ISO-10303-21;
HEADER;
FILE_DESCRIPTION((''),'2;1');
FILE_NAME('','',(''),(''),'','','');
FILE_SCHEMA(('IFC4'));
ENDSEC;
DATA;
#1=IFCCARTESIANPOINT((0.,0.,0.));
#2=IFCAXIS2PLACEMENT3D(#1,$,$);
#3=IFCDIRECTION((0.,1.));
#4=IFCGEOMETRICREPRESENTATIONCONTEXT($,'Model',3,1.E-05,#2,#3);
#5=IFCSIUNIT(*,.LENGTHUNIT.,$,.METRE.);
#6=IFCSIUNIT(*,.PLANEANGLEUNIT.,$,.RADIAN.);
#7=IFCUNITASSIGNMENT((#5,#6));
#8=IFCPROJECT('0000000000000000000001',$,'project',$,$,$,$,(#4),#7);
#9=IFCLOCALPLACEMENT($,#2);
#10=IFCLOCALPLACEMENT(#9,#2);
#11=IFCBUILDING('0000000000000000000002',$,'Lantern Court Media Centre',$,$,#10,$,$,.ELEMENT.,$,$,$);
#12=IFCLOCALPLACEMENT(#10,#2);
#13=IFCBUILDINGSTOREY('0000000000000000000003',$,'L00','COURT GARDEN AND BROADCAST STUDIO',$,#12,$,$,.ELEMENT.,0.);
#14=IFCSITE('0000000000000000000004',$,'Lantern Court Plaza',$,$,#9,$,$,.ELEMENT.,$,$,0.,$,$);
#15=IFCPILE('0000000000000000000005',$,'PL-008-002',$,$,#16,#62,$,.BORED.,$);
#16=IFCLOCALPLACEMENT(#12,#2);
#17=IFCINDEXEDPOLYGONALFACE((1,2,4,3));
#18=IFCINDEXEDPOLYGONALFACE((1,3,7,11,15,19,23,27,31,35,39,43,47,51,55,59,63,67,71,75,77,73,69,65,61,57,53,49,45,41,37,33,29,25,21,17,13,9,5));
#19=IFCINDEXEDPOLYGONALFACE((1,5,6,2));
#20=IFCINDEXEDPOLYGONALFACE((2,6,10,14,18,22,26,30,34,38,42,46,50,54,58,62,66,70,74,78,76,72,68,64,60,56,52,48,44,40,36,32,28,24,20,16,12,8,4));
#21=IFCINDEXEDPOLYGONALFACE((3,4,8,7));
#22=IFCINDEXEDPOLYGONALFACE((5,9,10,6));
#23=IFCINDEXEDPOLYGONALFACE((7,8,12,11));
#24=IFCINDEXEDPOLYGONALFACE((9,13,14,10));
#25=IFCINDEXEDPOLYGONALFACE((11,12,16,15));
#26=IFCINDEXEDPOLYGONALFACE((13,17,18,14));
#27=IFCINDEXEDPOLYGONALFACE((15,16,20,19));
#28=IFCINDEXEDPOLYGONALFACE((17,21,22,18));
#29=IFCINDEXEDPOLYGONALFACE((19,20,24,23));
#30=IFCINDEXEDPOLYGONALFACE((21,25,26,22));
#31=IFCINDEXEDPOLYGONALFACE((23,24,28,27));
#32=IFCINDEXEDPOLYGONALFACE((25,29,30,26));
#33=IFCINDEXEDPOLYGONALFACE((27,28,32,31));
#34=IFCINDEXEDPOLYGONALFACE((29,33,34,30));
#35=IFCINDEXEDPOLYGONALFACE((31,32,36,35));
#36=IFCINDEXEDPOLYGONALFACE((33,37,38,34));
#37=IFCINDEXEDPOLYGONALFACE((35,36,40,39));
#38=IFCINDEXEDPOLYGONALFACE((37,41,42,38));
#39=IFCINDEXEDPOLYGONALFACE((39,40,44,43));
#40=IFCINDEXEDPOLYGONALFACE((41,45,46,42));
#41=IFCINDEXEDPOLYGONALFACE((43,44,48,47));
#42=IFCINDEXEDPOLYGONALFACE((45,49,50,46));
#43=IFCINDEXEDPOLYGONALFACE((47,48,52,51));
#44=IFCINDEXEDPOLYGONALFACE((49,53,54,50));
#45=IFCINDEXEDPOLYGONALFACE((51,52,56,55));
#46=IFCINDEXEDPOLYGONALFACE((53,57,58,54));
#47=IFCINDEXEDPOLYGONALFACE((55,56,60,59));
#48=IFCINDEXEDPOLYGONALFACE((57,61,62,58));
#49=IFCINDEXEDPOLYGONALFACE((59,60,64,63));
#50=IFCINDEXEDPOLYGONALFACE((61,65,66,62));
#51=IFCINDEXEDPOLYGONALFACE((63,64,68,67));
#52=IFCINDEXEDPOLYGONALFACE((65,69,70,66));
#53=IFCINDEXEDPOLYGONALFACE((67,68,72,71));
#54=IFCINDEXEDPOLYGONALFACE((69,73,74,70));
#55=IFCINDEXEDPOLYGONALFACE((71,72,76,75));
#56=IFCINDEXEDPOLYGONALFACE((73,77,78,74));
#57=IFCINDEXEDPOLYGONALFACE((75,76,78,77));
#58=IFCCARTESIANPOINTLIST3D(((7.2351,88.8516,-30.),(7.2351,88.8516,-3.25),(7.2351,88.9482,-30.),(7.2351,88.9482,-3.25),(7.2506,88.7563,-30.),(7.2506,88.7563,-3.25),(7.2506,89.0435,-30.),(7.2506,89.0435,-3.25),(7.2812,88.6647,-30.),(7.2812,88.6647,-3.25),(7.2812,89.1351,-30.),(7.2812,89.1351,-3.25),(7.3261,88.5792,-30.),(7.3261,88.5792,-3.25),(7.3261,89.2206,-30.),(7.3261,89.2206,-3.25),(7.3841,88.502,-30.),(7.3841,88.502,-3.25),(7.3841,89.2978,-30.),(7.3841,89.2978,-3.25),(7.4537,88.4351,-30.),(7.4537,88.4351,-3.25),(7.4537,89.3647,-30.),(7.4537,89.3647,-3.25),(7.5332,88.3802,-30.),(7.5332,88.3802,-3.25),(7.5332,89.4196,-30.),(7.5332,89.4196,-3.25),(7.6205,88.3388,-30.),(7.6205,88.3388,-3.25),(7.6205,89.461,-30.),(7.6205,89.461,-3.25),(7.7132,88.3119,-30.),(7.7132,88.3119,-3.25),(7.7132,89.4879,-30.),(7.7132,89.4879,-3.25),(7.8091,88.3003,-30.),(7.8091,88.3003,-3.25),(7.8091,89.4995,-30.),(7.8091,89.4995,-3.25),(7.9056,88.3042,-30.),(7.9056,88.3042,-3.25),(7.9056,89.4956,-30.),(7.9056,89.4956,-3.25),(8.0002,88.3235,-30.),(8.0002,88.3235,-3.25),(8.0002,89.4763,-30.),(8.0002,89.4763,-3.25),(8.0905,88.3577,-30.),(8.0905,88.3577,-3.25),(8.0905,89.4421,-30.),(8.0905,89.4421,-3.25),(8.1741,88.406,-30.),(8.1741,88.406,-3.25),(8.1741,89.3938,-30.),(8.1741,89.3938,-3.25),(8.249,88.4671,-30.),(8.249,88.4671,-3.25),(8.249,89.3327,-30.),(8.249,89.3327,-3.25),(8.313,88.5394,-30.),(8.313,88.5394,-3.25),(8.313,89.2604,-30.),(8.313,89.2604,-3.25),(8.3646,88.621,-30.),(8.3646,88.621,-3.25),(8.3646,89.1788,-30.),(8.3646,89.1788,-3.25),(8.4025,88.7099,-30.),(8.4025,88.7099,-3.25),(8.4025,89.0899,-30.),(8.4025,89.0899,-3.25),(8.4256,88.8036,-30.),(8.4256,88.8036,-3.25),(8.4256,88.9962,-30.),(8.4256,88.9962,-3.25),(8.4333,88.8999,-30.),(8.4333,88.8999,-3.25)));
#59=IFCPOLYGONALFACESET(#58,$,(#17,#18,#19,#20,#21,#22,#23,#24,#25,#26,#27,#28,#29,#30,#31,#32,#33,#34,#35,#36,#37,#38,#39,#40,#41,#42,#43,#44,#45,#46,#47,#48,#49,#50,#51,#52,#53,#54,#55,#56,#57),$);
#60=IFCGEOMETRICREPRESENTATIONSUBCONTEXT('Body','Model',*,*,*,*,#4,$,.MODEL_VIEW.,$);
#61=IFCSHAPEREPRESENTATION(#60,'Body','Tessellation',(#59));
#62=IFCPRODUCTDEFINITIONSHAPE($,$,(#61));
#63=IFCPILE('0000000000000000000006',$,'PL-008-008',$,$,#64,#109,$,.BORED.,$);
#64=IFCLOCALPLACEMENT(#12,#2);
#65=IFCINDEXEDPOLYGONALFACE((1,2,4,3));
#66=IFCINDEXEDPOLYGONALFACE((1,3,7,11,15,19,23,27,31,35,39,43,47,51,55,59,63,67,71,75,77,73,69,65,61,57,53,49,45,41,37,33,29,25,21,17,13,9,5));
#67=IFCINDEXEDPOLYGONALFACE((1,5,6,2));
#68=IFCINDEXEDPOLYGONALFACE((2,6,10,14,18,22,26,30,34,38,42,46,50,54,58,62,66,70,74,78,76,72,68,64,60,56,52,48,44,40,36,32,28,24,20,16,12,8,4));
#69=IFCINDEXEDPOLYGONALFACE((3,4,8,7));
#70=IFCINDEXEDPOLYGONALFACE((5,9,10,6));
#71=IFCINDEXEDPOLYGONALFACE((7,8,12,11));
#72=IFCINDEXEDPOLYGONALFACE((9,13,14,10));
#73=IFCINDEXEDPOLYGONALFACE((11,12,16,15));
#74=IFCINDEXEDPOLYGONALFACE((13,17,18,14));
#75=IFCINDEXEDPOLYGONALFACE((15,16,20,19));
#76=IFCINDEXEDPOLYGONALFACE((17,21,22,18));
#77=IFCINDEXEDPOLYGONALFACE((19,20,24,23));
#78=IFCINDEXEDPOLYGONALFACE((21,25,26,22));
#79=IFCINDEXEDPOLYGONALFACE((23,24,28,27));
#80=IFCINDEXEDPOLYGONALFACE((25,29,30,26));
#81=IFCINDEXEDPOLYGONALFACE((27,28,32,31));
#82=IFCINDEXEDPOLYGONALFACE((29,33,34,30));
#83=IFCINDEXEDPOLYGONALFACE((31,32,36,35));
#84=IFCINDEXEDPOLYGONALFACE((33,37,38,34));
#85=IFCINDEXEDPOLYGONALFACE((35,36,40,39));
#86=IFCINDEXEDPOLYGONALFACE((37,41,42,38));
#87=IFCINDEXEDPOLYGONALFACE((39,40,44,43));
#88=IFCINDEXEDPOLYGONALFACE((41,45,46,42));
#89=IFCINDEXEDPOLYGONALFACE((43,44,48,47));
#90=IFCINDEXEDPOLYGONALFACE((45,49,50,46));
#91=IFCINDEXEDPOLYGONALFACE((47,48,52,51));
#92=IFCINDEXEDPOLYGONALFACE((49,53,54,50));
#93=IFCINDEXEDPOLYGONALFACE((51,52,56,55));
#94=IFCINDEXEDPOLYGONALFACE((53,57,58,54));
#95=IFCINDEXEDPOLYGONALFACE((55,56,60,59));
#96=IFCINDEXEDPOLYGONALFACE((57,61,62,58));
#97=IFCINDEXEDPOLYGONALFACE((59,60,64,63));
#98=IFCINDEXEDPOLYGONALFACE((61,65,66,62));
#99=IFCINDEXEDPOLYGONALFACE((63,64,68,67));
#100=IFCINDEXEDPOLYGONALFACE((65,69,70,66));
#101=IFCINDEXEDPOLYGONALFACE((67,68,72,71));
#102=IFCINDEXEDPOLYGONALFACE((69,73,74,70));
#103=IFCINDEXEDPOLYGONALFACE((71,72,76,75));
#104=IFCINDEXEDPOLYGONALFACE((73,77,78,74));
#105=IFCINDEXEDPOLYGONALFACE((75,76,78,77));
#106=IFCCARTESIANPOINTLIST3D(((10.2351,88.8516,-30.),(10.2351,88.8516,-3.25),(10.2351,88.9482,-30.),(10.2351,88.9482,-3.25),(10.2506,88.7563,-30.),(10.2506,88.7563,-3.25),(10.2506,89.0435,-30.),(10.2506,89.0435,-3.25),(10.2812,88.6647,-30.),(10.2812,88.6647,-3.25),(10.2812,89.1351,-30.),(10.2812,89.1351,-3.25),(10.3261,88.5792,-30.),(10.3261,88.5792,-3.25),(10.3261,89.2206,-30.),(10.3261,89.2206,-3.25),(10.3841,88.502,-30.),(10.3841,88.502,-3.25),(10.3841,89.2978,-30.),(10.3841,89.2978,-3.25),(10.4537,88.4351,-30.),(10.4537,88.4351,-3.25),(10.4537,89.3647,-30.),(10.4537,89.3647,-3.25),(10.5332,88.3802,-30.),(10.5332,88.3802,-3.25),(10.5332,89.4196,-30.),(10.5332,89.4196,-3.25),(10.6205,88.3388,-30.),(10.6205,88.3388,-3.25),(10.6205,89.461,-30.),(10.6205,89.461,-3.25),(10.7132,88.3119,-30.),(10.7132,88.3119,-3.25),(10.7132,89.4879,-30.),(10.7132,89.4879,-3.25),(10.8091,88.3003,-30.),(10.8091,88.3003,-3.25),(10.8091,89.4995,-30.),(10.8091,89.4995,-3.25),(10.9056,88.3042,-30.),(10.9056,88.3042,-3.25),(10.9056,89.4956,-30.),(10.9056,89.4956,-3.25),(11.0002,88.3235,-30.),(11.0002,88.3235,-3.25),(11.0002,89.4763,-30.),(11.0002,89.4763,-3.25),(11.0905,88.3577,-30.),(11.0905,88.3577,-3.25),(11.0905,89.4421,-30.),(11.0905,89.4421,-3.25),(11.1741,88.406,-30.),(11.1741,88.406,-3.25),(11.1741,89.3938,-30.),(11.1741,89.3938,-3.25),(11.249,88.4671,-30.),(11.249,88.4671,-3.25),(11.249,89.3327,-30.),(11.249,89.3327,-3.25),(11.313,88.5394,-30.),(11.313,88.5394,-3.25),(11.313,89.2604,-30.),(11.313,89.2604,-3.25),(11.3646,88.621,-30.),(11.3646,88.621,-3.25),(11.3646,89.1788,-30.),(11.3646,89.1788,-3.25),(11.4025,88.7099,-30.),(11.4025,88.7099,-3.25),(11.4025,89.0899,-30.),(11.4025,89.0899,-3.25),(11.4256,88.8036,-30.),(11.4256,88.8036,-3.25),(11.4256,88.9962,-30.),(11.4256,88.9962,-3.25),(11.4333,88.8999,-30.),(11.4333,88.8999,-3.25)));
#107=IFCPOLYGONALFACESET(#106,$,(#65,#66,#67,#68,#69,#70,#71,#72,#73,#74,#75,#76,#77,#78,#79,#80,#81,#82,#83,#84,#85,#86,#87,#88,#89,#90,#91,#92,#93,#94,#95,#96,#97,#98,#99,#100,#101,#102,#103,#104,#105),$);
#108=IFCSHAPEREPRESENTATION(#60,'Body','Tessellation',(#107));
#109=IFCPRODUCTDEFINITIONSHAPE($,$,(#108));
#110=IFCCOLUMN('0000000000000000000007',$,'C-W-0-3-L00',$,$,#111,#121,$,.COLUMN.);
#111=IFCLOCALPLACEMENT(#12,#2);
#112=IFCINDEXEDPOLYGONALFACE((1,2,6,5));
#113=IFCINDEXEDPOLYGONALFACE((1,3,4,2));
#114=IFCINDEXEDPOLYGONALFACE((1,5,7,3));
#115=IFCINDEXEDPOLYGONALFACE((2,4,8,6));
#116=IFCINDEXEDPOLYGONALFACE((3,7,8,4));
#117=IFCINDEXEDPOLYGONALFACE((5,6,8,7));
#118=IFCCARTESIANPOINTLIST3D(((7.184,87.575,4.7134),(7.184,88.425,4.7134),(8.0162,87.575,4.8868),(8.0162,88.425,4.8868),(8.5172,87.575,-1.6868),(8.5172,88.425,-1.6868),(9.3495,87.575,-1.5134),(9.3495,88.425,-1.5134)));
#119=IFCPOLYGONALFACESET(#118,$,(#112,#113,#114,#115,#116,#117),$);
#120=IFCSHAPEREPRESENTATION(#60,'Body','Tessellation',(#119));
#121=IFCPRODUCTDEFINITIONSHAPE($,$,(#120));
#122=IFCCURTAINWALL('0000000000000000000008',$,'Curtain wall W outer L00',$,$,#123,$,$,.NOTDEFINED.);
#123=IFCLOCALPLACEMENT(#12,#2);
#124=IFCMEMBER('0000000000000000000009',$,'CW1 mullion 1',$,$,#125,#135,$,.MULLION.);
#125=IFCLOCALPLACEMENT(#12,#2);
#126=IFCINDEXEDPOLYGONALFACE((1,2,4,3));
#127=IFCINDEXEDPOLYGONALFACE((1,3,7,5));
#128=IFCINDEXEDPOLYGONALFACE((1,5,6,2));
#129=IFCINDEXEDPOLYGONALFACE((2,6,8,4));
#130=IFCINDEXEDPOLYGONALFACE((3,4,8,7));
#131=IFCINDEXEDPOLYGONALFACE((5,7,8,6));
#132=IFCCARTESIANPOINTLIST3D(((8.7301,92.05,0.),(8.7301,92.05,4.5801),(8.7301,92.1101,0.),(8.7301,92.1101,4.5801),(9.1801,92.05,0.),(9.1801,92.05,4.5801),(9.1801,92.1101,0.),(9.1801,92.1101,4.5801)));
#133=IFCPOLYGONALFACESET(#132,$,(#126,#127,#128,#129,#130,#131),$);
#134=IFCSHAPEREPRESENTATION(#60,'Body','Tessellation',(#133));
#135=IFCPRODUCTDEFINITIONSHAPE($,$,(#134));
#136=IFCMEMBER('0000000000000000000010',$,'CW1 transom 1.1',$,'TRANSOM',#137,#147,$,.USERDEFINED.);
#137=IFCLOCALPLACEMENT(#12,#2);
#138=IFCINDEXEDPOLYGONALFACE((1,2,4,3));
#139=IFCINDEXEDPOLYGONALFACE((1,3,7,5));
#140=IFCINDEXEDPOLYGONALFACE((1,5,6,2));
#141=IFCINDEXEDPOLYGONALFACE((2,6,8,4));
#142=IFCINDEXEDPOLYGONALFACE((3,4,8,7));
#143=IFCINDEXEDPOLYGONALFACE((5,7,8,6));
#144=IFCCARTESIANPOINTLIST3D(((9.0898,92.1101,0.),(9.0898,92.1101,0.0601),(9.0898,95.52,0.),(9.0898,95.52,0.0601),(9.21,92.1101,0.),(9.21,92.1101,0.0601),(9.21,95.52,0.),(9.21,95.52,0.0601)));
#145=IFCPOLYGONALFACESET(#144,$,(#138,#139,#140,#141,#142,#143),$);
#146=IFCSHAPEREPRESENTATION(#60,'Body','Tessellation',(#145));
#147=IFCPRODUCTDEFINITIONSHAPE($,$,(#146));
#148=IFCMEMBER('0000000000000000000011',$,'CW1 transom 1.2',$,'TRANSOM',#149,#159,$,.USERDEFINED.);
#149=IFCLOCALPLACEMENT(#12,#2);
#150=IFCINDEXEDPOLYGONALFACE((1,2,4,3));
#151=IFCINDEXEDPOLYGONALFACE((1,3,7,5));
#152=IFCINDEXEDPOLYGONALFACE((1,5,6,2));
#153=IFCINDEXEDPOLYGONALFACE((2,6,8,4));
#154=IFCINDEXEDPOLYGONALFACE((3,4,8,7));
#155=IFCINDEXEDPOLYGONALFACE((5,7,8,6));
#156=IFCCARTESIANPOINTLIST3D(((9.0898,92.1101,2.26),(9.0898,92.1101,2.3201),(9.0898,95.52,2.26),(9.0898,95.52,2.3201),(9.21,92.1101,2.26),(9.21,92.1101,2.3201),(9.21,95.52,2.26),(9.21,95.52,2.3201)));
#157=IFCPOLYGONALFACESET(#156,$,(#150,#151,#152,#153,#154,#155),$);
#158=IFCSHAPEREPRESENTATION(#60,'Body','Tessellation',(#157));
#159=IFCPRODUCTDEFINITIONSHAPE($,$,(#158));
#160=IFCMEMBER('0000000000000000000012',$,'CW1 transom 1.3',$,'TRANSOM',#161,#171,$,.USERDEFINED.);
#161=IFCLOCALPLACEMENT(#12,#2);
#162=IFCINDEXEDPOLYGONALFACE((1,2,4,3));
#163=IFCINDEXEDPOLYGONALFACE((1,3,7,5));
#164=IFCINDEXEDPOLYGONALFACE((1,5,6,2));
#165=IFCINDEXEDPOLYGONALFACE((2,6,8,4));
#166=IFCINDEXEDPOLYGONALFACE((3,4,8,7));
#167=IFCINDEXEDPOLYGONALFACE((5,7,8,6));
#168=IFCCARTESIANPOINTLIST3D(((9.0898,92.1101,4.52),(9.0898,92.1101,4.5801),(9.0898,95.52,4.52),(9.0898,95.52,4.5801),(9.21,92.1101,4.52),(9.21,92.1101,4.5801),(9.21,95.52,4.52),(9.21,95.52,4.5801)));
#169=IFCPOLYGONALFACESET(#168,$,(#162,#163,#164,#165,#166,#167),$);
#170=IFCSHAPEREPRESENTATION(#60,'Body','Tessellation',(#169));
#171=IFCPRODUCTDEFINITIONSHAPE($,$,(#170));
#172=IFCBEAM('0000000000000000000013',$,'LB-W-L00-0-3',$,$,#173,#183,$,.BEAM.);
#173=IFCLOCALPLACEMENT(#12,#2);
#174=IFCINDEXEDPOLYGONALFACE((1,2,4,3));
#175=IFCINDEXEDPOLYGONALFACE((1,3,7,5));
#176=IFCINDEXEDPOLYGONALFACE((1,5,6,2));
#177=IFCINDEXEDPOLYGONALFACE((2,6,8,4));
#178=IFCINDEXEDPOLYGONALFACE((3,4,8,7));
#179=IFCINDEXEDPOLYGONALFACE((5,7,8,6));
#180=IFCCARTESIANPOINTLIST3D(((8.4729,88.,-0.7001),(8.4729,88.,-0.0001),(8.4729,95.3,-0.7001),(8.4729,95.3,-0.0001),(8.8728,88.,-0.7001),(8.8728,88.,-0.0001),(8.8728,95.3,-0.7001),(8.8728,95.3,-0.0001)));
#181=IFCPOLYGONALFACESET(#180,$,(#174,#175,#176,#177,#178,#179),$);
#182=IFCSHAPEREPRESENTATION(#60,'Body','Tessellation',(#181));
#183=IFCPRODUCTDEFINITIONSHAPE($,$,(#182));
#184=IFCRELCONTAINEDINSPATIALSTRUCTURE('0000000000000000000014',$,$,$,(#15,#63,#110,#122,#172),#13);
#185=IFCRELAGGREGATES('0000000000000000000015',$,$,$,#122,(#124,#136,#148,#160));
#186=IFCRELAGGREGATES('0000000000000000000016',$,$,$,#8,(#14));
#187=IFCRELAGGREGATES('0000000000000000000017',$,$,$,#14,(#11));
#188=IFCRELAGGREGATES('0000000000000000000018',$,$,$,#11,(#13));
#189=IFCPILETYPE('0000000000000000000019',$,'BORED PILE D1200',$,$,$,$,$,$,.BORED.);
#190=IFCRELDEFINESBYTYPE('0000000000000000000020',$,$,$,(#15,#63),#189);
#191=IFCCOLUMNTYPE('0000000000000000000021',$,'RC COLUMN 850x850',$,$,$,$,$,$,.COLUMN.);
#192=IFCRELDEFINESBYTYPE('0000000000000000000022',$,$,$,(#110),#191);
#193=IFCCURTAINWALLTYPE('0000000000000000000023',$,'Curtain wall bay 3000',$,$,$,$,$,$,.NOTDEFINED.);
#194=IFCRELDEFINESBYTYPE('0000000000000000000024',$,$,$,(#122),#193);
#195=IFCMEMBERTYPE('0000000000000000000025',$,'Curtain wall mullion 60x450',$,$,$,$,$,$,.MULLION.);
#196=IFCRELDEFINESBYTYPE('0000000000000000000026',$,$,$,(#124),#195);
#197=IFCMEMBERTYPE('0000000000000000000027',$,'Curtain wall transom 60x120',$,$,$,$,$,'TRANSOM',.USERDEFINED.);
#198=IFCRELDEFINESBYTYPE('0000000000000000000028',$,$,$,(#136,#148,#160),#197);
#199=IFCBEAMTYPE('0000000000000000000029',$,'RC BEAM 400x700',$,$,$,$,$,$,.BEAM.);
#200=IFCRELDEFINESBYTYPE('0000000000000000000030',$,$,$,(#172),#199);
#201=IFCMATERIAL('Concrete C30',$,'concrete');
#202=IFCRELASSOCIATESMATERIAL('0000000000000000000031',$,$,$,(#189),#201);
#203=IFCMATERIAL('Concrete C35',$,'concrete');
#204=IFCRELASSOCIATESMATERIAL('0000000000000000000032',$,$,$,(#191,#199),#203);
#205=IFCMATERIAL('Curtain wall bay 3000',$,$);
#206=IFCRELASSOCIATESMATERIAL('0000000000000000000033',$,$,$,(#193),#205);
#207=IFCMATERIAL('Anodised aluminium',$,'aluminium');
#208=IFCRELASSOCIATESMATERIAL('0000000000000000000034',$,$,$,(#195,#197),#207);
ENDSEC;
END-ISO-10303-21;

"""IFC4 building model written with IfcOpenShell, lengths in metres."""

from ifc_helpers import new_model, si_unit, direction, frame, origin, origin_2d, place, context, subcontext, project, spatial, rectangle, circle, extrude, material, material_profile, profile_set, type_object, element, aggregate, save


model = new_model("IFC4")

# Units and contexts
model_context = context("Model", 3, precision=1e-05, world=origin(), true_north=direction((0.0, 1.0)))
body_context = subcontext(model_context, "Body", "Model", "MODEL_VIEW")
ifc_project = project(units=[si_unit("LENGTHUNIT", "METRE"), si_unit("PLANEANGLEUNIT", "RADIAN")], contexts=[model_context])

# Site, building, storey
site_placement = place(None, origin())
site = spatial("IfcSite", under=ifc_project, at=site_placement, Name="Lantern Court Plaza", CompositionType="ELEMENT", RefElevation=0.0)
building_placement = place(site_placement, origin())
building = spatial("IfcBuilding", under=site, at=building_placement, Name="Lantern Court Media Centre", CompositionType="ELEMENT")
storey_placement = place(building_placement, origin())
storey = spatial("IfcBuildingStorey", under=building, at=storey_placement, Name="L00", Description="COURT GARDEN AND BROADCAST STUDIO", CompositionType="ELEMENT", Elevation=0.0)

# Piles
ifc_material_1 = material(Name="Concrete C30", Category="concrete")
ifc_material_profile_1 = material_profile(ifc_material_1, circle(Radius=0.6001, at=origin_2d()), Name="D1200")
ifc_profile_set_1 = profile_set([ifc_material_profile_1], Name="Concrete C30")
pile_type = type_object("IfcPileType", Name="BORED PILE D1200", PredefinedType="BORED", material=ifc_profile_set_1)
for number, where, z_axis, x_axis, name in (
    (1, (7.8333, 88.8999, -3.25), (0.0, 0.0, -1.0), (1.0, 0.0, 0.0), "PL-008-002"),
    (2, (10.8333, 88.8999, -3.25), (0.0, 0.0, -1.0), (1.0, 0.0, 0.0), "PL-008-008"),
):
    element("IfcPile", number, at=place(storey_placement, frame(where, z_axis=z_axis, x_axis=x_axis)), inside=storey, type_object=pile_type, Name=name, PredefinedType="BORED", context=body_context, shape_type="SweptSolid", body=[
        extrude(circle(Radius=0.6001, at=origin_2d()), origin(), (0.0, 0.0, 1.0), 26.75),
    ])

# Column
ifc_material_2 = material(Name="Concrete C35", Category="concrete")
ifc_material_profile_2 = material_profile(ifc_material_2, rectangle(XDim=0.8501, YDim=0.8501, at=origin_2d()), Name="RC 850x850")
ifc_profile_set_2 = profile_set([ifc_material_profile_2], Name="Concrete C35")
column_type = type_object("IfcColumnType", Name="RC COLUMN 850x850", PredefinedType="COLUMN", material=ifc_profile_set_2)
column_placement = place(storey_placement, frame((8.9333, 88.0, -1.6001), z_axis=(-0.203938, 0.0, 0.978984), x_axis=(0.0, -1.0, 0.0)))
element("IfcColumn", 3, at=column_placement, inside=storey, type_object=column_type, Name="C-W-0-3-L00", PredefinedType="COLUMN", context=body_context, shape_type="SweptSolid", body=[
    extrude(rectangle(XDim=0.8501, YDim=0.8501, at=origin_2d()), origin(), (0.0, 0.0, 1.0), 6.5376),
])

# Curtain wall, members
ifc_material_3 = material(Name="Curtain wall bay 3000")
curtain_wall_type = type_object("IfcCurtainWallType", Name="Curtain wall bay 3000", PredefinedType="NOTDEFINED", material=ifc_material_3)
curtain_wall_placement = place(storey_placement, origin())
curtain_wall = element("IfcCurtainWall", 4, at=curtain_wall_placement, inside=storey, type_object=curtain_wall_type, Name="Curtain wall W outer L00", PredefinedType="NOTDEFINED")
ifc_material_4 = material(Name="Anodised aluminium", Category="aluminium")
ifc_material_profile_3 = material_profile(ifc_material_4, rectangle(XDim=0.45, YDim=0.0601, at=origin_2d()), Name="AL 60x450")
ifc_profile_set_3 = profile_set([ifc_material_profile_3], Name="Anodised aluminium")
member_type_1 = type_object("IfcMemberType", Name="Curtain wall mullion 60x450", PredefinedType="MULLION", material=ifc_profile_set_3)
member_1_placement = place(storey_placement, frame((8.9551, 92.0801, 0.0), z_axis=(0.0, 0.0, 1.0), x_axis=(-1.0, 0.0, 0.0)))
member_1 = element("IfcMember", 5, at=member_1_placement, type_object=member_type_1, Name="CW1 mullion 1", PredefinedType="MULLION", context=body_context, shape_type="SweptSolid", body=[
    extrude(rectangle(XDim=0.45, YDim=0.0601, at=origin_2d()), origin(), (0.0, 0.0, 1.0), 4.5801),
])
ifc_material_profile_4 = material_profile(ifc_material_4, rectangle(XDim=0.1201, YDim=0.0601, at=origin_2d()), Name="AL 60x120")
ifc_profile_set_4 = profile_set([ifc_material_profile_4], Name="Anodised aluminium")
member_type_2 = type_object("IfcMemberType", Name="Curtain wall transom 60x120", ElementType="TRANSOM", PredefinedType="USERDEFINED", material=ifc_profile_set_4)
member_2_placement = place(storey_placement, frame((9.1499, 92.1101, 0.03), z_axis=(0.0, 1.0, 0.0), x_axis=(-1.0, 0.0, 0.0)))
member_2 = element("IfcMember", 6, at=member_2_placement, type_object=member_type_2, Name="CW1 transom 1.1", ObjectType="TRANSOM", PredefinedType="USERDEFINED", context=body_context, shape_type="SweptSolid", body=[
    extrude(rectangle(XDim=0.1201, YDim=0.0601, at=origin_2d()), origin(), (0.0, 0.0, 1.0), 3.4099),
])
member_3_placement = place(storey_placement, frame((9.1499, 92.1101, 2.29), z_axis=(0.0, 1.0, 0.0), x_axis=(-1.0, 0.0, 0.0)))
member_3 = element("IfcMember", 7, at=member_3_placement, type_object=member_type_2, Name="CW1 transom 1.2", ObjectType="TRANSOM", PredefinedType="USERDEFINED", context=body_context, shape_type="SweptSolid", body=[
    extrude(rectangle(XDim=0.1201, YDim=0.0601, at=origin_2d()), origin(), (0.0, 0.0, 1.0), 3.4099),
])
member_4_placement = place(storey_placement, frame((9.1499, 92.1101, 4.55), z_axis=(0.0, 1.0, 0.0), x_axis=(-1.0, 0.0, 0.0)))
member_4 = element("IfcMember", 8, at=member_4_placement, type_object=member_type_2, Name="CW1 transom 1.3", ObjectType="TRANSOM", PredefinedType="USERDEFINED", context=body_context, shape_type="SweptSolid", body=[
    extrude(rectangle(XDim=0.1201, YDim=0.0601, at=origin_2d()), origin(), (0.0, 0.0, 1.0), 3.4099),
])

# Beam
ifc_material_profile_5 = material_profile(ifc_material_2, rectangle(XDim=0.3999, YDim=0.7, at=origin_2d()), Name="RC 400x700")
ifc_profile_set_5 = profile_set([ifc_material_profile_5], Name="Concrete C35")
beam_type_1 = type_object("IfcBeamType", Name="RC BEAM 400x700", PredefinedType="BEAM", material=ifc_profile_set_5)
beam_1_placement = place(storey_placement, frame((8.6729, 88.0, -0.3501), z_axis=(0.0, 1.0, 0.0), x_axis=(-1.0, 0.0, 0.0)))
element("IfcBeam", 9, at=beam_1_placement, inside=storey, type_object=beam_type_1, Name="LB-W-L00-0-3", PredefinedType="BEAM", context=body_context, shape_type="SweptSolid", body=[
    extrude(rectangle(XDim=0.3999, YDim=0.7, at=origin_2d()), origin(), (0.0, 0.0, 1.0), 7.3),
])

aggregate(curtain_wall, [member_1, member_2, member_3, member_4])

save(model, "model.ifc")
